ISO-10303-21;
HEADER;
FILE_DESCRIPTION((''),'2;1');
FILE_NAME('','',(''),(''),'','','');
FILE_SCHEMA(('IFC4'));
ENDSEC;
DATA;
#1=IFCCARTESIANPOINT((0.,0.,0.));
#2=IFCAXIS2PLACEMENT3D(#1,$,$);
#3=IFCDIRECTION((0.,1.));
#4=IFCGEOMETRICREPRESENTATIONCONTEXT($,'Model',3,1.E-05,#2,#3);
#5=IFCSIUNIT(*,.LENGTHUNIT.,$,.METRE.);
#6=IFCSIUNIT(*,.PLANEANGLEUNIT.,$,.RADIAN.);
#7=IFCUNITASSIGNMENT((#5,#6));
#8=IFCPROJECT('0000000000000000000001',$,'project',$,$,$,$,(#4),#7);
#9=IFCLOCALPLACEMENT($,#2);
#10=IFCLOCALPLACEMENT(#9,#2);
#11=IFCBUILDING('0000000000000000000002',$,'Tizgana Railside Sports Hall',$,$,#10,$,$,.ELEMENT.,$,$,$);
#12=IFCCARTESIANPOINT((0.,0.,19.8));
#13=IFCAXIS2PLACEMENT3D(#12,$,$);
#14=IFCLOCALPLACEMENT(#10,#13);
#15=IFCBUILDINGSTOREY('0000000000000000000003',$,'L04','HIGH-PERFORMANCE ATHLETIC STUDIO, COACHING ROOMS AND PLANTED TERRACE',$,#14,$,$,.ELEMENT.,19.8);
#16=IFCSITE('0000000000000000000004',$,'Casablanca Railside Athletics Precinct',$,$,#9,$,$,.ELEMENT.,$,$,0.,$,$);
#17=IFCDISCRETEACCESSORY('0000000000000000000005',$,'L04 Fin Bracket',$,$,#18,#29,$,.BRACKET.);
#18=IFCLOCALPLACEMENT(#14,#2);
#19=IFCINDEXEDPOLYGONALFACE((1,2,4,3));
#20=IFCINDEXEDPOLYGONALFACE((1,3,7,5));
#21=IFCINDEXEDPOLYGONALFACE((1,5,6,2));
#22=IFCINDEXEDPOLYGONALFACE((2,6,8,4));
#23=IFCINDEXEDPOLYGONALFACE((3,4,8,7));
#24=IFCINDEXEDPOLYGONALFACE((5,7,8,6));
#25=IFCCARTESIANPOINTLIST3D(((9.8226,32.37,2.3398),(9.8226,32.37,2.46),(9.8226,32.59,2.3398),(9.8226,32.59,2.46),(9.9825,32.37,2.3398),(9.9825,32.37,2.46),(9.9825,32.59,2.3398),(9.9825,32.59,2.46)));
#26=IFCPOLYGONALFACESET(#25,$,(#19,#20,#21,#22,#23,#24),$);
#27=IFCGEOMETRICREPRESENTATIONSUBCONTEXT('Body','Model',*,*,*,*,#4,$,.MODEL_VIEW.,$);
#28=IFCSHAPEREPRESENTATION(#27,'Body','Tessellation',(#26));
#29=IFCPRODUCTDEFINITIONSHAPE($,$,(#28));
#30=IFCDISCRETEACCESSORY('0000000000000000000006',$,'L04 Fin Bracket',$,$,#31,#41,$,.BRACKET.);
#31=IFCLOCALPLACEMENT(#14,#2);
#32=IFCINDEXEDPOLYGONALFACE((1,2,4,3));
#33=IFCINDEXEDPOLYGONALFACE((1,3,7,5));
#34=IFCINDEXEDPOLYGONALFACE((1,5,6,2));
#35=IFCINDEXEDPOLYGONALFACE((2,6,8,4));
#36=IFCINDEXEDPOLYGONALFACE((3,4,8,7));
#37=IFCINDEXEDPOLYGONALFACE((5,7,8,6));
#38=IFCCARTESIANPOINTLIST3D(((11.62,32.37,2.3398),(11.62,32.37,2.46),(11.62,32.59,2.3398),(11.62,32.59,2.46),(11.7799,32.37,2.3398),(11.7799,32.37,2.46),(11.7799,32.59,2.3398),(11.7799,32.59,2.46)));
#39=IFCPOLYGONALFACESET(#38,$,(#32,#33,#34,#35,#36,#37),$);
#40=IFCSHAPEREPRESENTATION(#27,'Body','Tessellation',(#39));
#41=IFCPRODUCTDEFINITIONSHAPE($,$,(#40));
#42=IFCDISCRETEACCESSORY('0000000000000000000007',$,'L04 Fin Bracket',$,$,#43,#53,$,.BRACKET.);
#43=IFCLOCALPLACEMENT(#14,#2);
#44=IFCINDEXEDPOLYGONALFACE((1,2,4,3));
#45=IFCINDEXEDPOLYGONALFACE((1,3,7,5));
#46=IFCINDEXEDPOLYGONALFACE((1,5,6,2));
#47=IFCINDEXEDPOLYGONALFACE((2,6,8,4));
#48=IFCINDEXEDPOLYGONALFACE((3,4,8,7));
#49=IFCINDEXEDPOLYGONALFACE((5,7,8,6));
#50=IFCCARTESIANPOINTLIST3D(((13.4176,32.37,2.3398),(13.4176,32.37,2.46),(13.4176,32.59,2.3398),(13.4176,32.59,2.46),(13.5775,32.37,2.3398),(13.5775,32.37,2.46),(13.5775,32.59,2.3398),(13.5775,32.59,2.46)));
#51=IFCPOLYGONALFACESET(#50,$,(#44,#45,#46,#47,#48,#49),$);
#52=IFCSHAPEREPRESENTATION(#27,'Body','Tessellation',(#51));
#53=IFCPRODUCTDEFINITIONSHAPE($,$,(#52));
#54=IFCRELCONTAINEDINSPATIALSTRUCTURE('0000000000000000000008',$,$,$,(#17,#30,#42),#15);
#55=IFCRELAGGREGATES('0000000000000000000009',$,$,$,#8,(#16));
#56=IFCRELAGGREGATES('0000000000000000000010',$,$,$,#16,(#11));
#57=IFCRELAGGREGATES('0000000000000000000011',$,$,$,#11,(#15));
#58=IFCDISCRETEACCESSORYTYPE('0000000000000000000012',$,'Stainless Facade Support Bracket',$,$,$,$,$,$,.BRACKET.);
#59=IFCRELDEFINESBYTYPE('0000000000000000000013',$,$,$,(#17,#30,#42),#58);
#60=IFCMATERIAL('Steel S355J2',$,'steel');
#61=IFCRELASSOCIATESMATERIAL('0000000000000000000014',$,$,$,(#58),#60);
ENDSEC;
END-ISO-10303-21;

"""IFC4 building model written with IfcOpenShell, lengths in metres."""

from ifc_helpers import new_model, si_unit, direction, frame, origin, origin_2d, place, context, subcontext, project, spatial, rectangle, extrude, material, type_object, element, save


model = new_model("IFC4")

# Units and contexts
model_context = context("Model", 3, precision=1e-05, world=origin(), true_north=direction((0.0, 1.0)))
body_context = subcontext(model_context, "Body", "Model", "MODEL_VIEW")
ifc_project = project(units=[si_unit("LENGTHUNIT", "METRE"), si_unit("PLANEANGLEUNIT", "RADIAN")], contexts=[model_context])

# Site, building, storey
site_placement = place(None, origin())
site = spatial("IfcSite", under=ifc_project, at=site_placement, Name="Casablanca Railside Athletics Precinct", CompositionType="ELEMENT", RefElevation=0.0)
building_placement = place(site_placement, origin())
building = spatial("IfcBuilding", under=site, at=building_placement, Name="Tizgana Railside Sports Hall", CompositionType="ELEMENT")
storey_placement = place(building_placement, frame((0.0, 0.0, 19.8)))
storey = spatial("IfcBuildingStorey", under=building, at=storey_placement, Name="L04", Description="HIGH-PERFORMANCE ATHLETIC STUDIO, COACHING ROOMS AND PLANTED TERRACE", CompositionType="ELEMENT", Elevation=19.8)

# Shared definitions
ifc_material_1 = material(Name="Steel S355J2", Category="steel")

# Discrete accessories
discrete_accessory_type = type_object("IfcDiscreteAccessoryType", Name="Stainless Facade Support Bracket", PredefinedType="BRACKET", material=ifc_material_1)
for number, where, z_axis, x_axis, name in (
    (1, (9.9026, 32.48, 2.3398), (0.0, 0.0, 1.0), (1.0, 0.0, 0.0), "L04 Fin Bracket"),
    (2, (11.7, 32.48, 2.3398), (0.0, 0.0, 1.0), (1.0, 0.0, 0.0), "L04 Fin Bracket"),
    (3, (13.4976, 32.48, 2.3398), (0.0, 0.0, 1.0), (1.0, 0.0, 0.0), "L04 Fin Bracket"),
):
    element("IfcDiscreteAccessory", number, at=place(storey_placement, frame(where, z_axis=z_axis, x_axis=x_axis)), inside=storey, type_object=discrete_accessory_type, Name=name, PredefinedType="BRACKET", context=body_context, shape_type="SweptSolid", body=[
        extrude(rectangle(XDim=0.1599, YDim=0.22, at=origin_2d()), origin(), (0.0, 0.0, 1.0), 0.1201),
    ])

save(model, "model.ifc")
